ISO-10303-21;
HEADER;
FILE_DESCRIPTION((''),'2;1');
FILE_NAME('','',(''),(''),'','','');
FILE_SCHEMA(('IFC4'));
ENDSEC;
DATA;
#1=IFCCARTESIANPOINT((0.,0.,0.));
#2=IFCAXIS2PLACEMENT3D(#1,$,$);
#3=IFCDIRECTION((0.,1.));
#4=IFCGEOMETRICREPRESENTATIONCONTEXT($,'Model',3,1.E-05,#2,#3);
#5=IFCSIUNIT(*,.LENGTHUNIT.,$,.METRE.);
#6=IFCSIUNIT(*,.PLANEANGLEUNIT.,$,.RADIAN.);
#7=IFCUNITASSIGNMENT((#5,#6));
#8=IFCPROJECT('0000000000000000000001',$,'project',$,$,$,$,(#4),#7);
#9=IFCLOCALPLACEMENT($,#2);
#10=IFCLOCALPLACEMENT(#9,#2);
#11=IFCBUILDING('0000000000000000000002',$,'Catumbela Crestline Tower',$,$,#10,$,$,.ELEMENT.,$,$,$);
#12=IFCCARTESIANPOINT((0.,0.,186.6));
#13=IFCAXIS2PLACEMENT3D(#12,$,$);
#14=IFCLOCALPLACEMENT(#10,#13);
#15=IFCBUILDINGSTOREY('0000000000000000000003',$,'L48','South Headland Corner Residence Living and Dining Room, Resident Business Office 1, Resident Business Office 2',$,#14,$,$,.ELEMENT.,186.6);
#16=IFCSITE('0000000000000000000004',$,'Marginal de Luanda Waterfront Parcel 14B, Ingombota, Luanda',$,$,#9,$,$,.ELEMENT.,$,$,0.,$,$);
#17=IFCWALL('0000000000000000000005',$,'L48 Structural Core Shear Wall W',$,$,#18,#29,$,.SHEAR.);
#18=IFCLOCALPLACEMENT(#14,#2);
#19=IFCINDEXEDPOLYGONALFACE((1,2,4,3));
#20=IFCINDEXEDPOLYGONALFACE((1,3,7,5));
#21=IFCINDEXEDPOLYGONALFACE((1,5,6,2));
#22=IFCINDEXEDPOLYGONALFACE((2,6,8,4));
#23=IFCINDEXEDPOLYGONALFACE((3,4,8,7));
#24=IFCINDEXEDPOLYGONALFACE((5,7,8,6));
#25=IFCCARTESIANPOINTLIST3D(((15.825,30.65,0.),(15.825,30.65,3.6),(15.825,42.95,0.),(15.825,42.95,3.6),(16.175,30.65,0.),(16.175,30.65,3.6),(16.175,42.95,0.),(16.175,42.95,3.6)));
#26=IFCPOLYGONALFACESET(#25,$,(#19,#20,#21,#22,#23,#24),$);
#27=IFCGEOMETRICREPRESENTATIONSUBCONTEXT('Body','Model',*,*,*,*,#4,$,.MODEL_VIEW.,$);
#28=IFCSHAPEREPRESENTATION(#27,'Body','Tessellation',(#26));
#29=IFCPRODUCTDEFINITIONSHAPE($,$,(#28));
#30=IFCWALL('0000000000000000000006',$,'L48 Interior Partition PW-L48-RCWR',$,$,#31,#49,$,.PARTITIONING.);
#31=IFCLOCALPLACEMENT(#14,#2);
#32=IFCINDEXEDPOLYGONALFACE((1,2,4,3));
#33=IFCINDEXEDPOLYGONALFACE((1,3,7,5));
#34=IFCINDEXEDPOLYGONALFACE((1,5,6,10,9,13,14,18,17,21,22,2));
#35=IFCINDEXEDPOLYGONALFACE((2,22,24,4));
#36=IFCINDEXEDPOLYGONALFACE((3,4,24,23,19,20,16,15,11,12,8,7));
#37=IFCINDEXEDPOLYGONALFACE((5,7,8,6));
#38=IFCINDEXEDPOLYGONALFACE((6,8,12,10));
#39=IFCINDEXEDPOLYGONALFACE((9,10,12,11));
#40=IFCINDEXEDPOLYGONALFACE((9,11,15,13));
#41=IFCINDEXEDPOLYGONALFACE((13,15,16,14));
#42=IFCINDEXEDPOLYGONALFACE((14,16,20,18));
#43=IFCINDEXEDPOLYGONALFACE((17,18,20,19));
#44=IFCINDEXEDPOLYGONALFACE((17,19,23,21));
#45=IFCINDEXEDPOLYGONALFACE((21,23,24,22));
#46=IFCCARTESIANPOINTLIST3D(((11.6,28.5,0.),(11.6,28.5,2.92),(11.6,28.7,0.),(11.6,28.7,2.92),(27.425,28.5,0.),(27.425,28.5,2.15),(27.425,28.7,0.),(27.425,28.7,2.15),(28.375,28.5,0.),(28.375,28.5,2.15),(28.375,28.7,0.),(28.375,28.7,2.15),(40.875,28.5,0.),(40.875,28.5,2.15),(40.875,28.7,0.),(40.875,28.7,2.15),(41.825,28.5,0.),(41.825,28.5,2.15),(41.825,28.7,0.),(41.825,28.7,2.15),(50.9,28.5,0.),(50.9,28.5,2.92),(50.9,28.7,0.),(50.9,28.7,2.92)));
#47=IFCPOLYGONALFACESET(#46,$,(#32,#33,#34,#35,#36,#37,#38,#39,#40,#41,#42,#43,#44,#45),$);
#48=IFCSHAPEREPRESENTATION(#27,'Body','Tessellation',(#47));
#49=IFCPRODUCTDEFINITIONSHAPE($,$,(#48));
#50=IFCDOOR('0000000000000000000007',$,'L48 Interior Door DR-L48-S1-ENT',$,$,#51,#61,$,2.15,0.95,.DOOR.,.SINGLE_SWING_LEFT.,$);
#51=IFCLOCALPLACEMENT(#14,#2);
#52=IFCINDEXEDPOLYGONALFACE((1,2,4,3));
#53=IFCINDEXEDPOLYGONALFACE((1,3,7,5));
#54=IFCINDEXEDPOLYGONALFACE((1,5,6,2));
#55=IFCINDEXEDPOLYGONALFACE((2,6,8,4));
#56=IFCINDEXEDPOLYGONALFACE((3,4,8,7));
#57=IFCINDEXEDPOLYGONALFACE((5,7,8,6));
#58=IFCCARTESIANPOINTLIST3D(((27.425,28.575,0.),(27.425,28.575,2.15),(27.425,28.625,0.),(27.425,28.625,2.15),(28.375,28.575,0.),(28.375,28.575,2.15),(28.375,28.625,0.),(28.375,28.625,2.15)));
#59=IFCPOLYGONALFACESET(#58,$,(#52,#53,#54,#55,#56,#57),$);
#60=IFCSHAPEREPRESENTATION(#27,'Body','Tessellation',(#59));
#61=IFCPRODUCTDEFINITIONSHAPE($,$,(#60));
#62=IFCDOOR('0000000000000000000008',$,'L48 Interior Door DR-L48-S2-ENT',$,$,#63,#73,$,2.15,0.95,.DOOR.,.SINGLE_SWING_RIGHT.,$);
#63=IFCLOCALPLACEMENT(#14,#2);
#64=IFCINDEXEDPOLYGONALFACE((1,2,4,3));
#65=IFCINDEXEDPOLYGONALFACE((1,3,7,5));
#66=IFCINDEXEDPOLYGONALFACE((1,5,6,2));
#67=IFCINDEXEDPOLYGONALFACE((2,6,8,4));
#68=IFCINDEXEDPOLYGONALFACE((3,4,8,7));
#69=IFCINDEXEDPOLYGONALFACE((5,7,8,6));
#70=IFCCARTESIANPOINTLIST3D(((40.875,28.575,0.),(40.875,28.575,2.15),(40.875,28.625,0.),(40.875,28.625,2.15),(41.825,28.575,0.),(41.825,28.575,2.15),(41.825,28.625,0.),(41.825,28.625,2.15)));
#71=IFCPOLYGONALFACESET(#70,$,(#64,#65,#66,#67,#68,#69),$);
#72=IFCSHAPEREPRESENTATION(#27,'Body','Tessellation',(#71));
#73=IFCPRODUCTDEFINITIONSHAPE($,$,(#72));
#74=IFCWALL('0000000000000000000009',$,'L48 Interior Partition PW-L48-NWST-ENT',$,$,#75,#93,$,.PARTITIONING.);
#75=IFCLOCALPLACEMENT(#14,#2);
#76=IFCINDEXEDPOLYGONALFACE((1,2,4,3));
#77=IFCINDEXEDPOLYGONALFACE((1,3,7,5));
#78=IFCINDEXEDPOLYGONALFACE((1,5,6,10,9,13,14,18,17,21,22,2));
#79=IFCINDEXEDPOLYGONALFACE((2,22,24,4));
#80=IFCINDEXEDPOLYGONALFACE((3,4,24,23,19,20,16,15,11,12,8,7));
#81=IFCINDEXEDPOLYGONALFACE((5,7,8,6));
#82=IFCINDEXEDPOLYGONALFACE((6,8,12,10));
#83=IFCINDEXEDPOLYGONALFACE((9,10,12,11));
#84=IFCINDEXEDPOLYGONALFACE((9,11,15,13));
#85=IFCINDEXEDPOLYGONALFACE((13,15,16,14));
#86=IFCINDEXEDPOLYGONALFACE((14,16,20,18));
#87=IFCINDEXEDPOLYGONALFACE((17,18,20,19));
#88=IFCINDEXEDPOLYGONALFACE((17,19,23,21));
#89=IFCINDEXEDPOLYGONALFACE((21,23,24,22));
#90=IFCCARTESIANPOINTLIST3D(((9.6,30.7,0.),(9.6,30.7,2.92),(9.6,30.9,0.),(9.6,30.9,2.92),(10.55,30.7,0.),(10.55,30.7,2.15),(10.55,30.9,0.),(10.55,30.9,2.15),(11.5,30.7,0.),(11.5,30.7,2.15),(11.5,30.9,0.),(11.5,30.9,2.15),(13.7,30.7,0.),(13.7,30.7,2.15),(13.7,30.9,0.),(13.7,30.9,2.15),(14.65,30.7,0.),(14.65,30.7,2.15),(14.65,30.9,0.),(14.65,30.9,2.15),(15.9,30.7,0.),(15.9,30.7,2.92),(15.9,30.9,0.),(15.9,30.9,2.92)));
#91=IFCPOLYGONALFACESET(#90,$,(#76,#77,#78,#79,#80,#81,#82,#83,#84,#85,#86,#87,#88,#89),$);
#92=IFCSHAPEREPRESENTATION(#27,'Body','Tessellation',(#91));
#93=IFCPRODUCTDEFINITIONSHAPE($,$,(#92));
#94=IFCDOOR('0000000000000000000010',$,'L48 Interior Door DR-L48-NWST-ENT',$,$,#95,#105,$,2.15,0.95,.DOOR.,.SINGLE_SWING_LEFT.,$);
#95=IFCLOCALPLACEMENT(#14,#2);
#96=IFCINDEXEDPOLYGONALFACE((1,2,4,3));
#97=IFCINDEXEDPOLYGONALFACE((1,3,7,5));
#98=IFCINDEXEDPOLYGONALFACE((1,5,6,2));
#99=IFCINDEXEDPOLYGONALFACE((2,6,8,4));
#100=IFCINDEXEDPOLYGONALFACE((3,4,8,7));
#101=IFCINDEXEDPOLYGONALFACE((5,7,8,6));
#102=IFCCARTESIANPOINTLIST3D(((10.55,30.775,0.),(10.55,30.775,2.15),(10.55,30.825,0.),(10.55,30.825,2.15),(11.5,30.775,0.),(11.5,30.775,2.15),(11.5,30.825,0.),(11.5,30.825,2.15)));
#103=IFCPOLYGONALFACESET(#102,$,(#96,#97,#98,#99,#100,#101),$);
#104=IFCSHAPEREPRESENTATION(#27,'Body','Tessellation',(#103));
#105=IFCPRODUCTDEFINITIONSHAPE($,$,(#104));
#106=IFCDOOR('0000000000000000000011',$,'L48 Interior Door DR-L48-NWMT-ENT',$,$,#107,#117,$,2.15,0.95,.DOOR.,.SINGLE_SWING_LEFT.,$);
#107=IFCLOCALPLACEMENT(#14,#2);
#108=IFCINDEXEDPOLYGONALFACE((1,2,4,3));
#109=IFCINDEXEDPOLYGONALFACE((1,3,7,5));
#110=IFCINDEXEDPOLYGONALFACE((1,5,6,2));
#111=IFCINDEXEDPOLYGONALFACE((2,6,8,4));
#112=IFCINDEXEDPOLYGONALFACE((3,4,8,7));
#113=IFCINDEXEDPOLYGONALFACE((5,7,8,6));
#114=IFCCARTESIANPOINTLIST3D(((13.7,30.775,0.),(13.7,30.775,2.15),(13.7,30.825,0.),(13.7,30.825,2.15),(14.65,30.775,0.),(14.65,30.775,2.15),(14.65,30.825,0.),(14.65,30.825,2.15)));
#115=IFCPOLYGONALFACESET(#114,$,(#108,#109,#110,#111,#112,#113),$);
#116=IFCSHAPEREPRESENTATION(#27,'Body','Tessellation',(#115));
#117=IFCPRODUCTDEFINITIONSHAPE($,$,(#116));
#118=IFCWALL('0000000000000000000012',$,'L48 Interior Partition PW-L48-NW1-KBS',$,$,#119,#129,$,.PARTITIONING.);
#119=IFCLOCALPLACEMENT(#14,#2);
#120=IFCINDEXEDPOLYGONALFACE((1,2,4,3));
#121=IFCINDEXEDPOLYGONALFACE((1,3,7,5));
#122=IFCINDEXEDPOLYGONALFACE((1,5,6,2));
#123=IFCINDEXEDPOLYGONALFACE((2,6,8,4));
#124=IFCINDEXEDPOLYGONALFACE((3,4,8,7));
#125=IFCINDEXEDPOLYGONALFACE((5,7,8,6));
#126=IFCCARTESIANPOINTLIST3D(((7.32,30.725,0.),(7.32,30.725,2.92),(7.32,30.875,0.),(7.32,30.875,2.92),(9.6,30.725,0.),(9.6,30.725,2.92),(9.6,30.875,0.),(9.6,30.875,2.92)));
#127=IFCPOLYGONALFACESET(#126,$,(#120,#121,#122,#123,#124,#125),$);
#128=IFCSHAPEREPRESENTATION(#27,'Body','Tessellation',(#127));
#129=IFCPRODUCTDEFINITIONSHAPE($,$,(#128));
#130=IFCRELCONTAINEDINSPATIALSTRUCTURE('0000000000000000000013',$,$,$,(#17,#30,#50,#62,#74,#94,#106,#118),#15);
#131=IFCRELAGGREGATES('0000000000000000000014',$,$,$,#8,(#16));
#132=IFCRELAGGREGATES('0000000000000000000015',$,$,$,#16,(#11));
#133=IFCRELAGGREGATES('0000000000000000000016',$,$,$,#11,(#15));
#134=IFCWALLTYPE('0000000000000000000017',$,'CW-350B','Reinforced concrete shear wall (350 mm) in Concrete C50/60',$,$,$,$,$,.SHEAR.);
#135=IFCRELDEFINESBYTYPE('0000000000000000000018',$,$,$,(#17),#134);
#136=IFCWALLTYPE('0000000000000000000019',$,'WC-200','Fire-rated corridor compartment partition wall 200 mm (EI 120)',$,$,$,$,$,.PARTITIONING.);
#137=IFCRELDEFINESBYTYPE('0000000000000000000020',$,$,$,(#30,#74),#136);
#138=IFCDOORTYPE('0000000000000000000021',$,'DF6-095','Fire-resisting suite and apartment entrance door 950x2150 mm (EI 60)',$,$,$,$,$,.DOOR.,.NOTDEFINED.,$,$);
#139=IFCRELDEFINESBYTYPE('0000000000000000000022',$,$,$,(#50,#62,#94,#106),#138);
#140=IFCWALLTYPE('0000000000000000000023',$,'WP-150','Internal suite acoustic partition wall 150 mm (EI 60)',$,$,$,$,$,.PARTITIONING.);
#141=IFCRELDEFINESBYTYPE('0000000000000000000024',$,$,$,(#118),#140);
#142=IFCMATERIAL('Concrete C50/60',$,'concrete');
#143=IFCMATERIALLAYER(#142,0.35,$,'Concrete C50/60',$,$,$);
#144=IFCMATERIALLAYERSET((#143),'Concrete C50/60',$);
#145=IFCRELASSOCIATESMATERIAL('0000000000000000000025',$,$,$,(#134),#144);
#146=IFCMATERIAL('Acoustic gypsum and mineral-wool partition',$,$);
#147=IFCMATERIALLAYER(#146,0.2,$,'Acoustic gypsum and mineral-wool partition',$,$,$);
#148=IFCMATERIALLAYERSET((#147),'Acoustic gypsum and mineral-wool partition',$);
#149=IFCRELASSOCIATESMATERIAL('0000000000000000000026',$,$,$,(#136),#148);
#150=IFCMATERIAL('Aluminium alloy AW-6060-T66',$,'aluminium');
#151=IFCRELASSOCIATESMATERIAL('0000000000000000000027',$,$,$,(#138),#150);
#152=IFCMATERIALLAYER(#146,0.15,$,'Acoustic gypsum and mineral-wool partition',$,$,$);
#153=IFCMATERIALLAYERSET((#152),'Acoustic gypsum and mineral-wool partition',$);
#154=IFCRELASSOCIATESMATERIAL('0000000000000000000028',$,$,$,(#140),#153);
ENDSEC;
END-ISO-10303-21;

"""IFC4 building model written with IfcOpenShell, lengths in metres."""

from ifc_helpers import new_model, si_unit, direction, frame, frame_2d, origin, place, context, subcontext, project, spatial, rectangle, extrude, material, layer, layer_set, type_object, element, fill, save


model = new_model("IFC4")

# Units and contexts
model_context = context("Model", 3, precision=1e-05, world=origin(), true_north=direction((0.0, 1.0)))
body_context = subcontext(model_context, "Body", "Model", "MODEL_VIEW")
ifc_project = project(units=[si_unit("LENGTHUNIT", "METRE"), si_unit("PLANEANGLEUNIT", "RADIAN")], contexts=[model_context])

# Site, building, storey
site_placement = place(None, origin())
site = spatial("IfcSite", under=ifc_project, at=site_placement, Name="Marginal de Luanda Waterfront Parcel 14B, Ingombota, Luanda", CompositionType="ELEMENT", RefElevation=0.0)
building_placement = place(site_placement, origin())
building = spatial("IfcBuilding", under=site, at=building_placement, Name="Catumbela Crestline Tower", CompositionType="ELEMENT")
storey_placement = place(building_placement, frame((0.0, 0.0, 186.6)))
storey = spatial("IfcBuildingStorey", under=building, at=storey_placement, Name="L48", Description="South Headland Corner Residence Living and Dining Room, Resident Business Office 1, Resident Business Office 2", CompositionType="ELEMENT", Elevation=186.6)

# Shared definitions
ifc_material_1 = material(Name="Concrete C50/60", Category="concrete")

# Wall
ifc_layer_1 = layer(ifc_material_1, 0.35, Name="Concrete C50/60")
ifc_layer_set_1 = layer_set([ifc_layer_1], Name="Concrete C50/60")
wall_type_1 = type_object("IfcWallType", Name="CW-350B", Description="Reinforced concrete shear wall (350 mm) in Concrete C50/60", PredefinedType="SHEAR", material=ifc_layer_set_1)
wall_1_placement = place(storey_placement, frame((16.0, 30.65, 0.0), z_axis=(0.0, 0.0, 1.0), x_axis=(0.0, 1.0, 0.0)))
element("IfcWall", 1, at=wall_1_placement, inside=storey, type_object=wall_type_1, Name="L48 Structural Core Shear Wall W", PredefinedType="SHEAR", context=body_context, shape_type="SweptSolid", body=[
    extrude(rectangle(XDim=12.3, YDim=0.35, at=frame_2d((6.15, 0.0))), origin(), (0.0, 0.0, 1.0), 3.6),
])

# Walls, openings, doors
ifc_material_2 = material(Name="Acoustic gypsum and mineral-wool partition")
ifc_layer_2 = layer(ifc_material_2, 0.2, Name="Acoustic gypsum and mineral-wool partition")
ifc_layer_set_2 = layer_set([ifc_layer_2], Name="Acoustic gypsum and mineral-wool partition")
wall_type_2 = type_object("IfcWallType", Name="WC-200", Description="Fire-rated corridor compartment partition wall 200 mm (EI 120)", PredefinedType="PARTITIONING", material=ifc_layer_set_2)
wall_2_placement = place(storey_placement, frame((11.6, 28.6, 0.0), z_axis=(0.0, 0.0, 1.0), x_axis=(1.0, 0.0, 0.0)))
wall_2 = element("IfcWall", 2, at=wall_2_placement, inside=storey, type_object=wall_type_2, Name="L48 Interior Partition PW-L48-RCWR", PredefinedType="PARTITIONING", context=body_context, shape_type="SweptSolid", body=[
    extrude(rectangle(XDim=39.3, YDim=0.2, at=frame_2d((19.65, 0.0))), origin(), (0.0, 0.0, 1.0), 2.92),
])
opening_1_placement = place(wall_2_placement, frame((15.825, 0.0, 0.0)))
opening_1 = element("IfcOpeningElement", 3, at=opening_1_placement, cuts=wall_2, PredefinedType="OPENING", context=body_context, shape_type="SweptSolid", body=[
    extrude(rectangle(XDim=0.95, YDim=2.15, at=frame_2d((0.475, 1.075))), frame((0.0, 0.11, 0.0), z_axis=(0.0, -1.0, 0.0), x_axis=(1.0, 0.0, 0.0)), (0.0, 0.0, 1.0), 0.22),
])
opening_2_placement = place(wall_2_placement, frame((29.275, 0.0, 0.0)))
opening_2 = element("IfcOpeningElement", 4, at=opening_2_placement, cuts=wall_2, PredefinedType="OPENING", context=body_context, shape_type="SweptSolid", body=[
    extrude(rectangle(XDim=0.95, YDim=2.15, at=frame_2d((0.475, 1.075))), frame((0.0, 0.11, 0.0), z_axis=(0.0, -1.0, 0.0), x_axis=(1.0, 0.0, 0.0)), (0.0, 0.0, 1.0), 0.22),
])
ifc_material_3 = material(Name="Aluminium alloy AW-6060-T66", Category="aluminium")
door_type_1 = type_object("IfcDoorType", Name="DF6-095", Description="Fire-resisting suite and apartment entrance door 950x2150 mm (EI 60)", OperationType="NOTDEFINED", PredefinedType="DOOR", material=ifc_material_3)
door_1_placement = place(opening_1_placement, origin())
door_1 = element("IfcDoor", 5, at=door_1_placement, inside=storey, type_object=door_type_1, Name="L48 Interior Door DR-L48-S1-ENT", OperationType="SINGLE_SWING_LEFT", OverallHeight=2.15, OverallWidth=0.95, PredefinedType="DOOR", context=body_context, shape_type="SweptSolid", body=[
    extrude(rectangle(XDim=0.95, YDim=2.15, at=frame_2d((0.475, 1.075))), frame((0.0, 0.025, 0.0), z_axis=(0.0, -1.0, 0.0), x_axis=(1.0, 0.0, 0.0)), (0.0, 0.0, 1.0), 0.05),
])
fill(opening_1, door_1)
door_2_placement = place(opening_2_placement, origin())
door_2 = element("IfcDoor", 6, at=door_2_placement, inside=storey, type_object=door_type_1, Name="L48 Interior Door DR-L48-S2-ENT", OperationType="SINGLE_SWING_RIGHT", OverallHeight=2.15, OverallWidth=0.95, PredefinedType="DOOR", context=body_context, shape_type="SweptSolid", body=[
    extrude(rectangle(XDim=0.95, YDim=2.15, at=frame_2d((0.475, 1.075))), frame((0.0, 0.025, 0.0), z_axis=(0.0, -1.0, 0.0), x_axis=(1.0, 0.0, 0.0)), (0.0, 0.0, 1.0), 0.05),
])
fill(opening_2, door_2)
wall_3_placement = place(storey_placement, frame((9.6, 30.8, 0.0), z_axis=(0.0, 0.0, 1.0), x_axis=(1.0, 0.0, 0.0)))
wall_3 = element("IfcWall", 7, at=wall_3_placement, inside=storey, type_object=wall_type_2, Name="L48 Interior Partition PW-L48-NWST-ENT", PredefinedType="PARTITIONING", context=body_context, shape_type="SweptSolid", body=[
    extrude(rectangle(XDim=6.3, YDim=0.2, at=frame_2d((3.15, 0.0))), origin(), (0.0, 0.0, 1.0), 2.92),
])
opening_3_placement = place(wall_3_placement, frame((0.95, 0.0, 0.0)))
opening_3 = element("IfcOpeningElement", 8, at=opening_3_placement, cuts=wall_3, PredefinedType="OPENING", context=body_context, shape_type="SweptSolid", body=[
    extrude(rectangle(XDim=0.95, YDim=2.15, at=frame_2d((0.475, 1.075))), frame((0.0, 0.11, 0.0), z_axis=(0.0, -1.0, 0.0), x_axis=(1.0, 0.0, 0.0)), (0.0, 0.0, 1.0), 0.22),
])
opening_4_placement = place(wall_3_placement, frame((4.1, 0.0, 0.0)))
opening_4 = element("IfcOpeningElement", 9, at=opening_4_placement, cuts=wall_3, PredefinedType="OPENING", context=body_context, shape_type="SweptSolid", body=[
    extrude(rectangle(XDim=0.95, YDim=2.15, at=frame_2d((0.475, 1.075))), frame((0.0, 0.11, 0.0), z_axis=(0.0, -1.0, 0.0), x_axis=(1.0, 0.0, 0.0)), (0.0, 0.0, 1.0), 0.22),
])
door_3_placement = place(opening_3_placement, origin())
door_3 = element("IfcDoor", 10, at=door_3_placement, inside=storey, type_object=door_type_1, Name="L48 Interior Door DR-L48-NWST-ENT", OperationType="SINGLE_SWING_LEFT", OverallHeight=2.15, OverallWidth=0.95, PredefinedType="DOOR", context=body_context, shape_type="SweptSolid", body=[
    extrude(rectangle(XDim=0.95, YDim=2.15, at=frame_2d((0.475, 1.075))), frame((0.0, 0.025, 0.0), z_axis=(0.0, -1.0, 0.0), x_axis=(1.0, 0.0, 0.0)), (0.0, 0.0, 1.0), 0.05),
])
fill(opening_3, door_3)
door_4_placement = place(opening_4_placement, origin())
door_4 = element("IfcDoor", 11, at=door_4_placement, inside=storey, type_object=door_type_1, Name="L48 Interior Door DR-L48-NWMT-ENT", OperationType="SINGLE_SWING_LEFT", OverallHeight=2.15, OverallWidth=0.95, PredefinedType="DOOR", context=body_context, shape_type="SweptSolid", body=[
    extrude(rectangle(XDim=0.95, YDim=2.15, at=frame_2d((0.475, 1.075))), frame((0.0, 0.025, 0.0), z_axis=(0.0, -1.0, 0.0), x_axis=(1.0, 0.0, 0.0)), (0.0, 0.0, 1.0), 0.05),
])
fill(opening_4, door_4)

# Wall
ifc_layer_3 = layer(ifc_material_2, 0.15, Name="Acoustic gypsum and mineral-wool partition")
ifc_layer_set_3 = layer_set([ifc_layer_3], Name="Acoustic gypsum and mineral-wool partition")
wall_type_3 = type_object("IfcWallType", Name="WP-150", Description="Internal suite acoustic partition wall 150 mm (EI 60)", PredefinedType="PARTITIONING", material=ifc_layer_set_3)
wall_4_placement = place(storey_placement, frame((7.32, 30.8, 0.0), z_axis=(0.0, 0.0, 1.0), x_axis=(1.0, 0.0, 0.0)))
element("IfcWall", 12, at=wall_4_placement, inside=storey, type_object=wall_type_3, Name="L48 Interior Partition PW-L48-NW1-KBS", PredefinedType="PARTITIONING", context=body_context, shape_type="SweptSolid", body=[
    extrude(rectangle(XDim=2.28, YDim=0.15, at=frame_2d((1.14, 0.0))), origin(), (0.0, 0.0, 1.0), 2.92),
])

save(model, "model.ifc")
